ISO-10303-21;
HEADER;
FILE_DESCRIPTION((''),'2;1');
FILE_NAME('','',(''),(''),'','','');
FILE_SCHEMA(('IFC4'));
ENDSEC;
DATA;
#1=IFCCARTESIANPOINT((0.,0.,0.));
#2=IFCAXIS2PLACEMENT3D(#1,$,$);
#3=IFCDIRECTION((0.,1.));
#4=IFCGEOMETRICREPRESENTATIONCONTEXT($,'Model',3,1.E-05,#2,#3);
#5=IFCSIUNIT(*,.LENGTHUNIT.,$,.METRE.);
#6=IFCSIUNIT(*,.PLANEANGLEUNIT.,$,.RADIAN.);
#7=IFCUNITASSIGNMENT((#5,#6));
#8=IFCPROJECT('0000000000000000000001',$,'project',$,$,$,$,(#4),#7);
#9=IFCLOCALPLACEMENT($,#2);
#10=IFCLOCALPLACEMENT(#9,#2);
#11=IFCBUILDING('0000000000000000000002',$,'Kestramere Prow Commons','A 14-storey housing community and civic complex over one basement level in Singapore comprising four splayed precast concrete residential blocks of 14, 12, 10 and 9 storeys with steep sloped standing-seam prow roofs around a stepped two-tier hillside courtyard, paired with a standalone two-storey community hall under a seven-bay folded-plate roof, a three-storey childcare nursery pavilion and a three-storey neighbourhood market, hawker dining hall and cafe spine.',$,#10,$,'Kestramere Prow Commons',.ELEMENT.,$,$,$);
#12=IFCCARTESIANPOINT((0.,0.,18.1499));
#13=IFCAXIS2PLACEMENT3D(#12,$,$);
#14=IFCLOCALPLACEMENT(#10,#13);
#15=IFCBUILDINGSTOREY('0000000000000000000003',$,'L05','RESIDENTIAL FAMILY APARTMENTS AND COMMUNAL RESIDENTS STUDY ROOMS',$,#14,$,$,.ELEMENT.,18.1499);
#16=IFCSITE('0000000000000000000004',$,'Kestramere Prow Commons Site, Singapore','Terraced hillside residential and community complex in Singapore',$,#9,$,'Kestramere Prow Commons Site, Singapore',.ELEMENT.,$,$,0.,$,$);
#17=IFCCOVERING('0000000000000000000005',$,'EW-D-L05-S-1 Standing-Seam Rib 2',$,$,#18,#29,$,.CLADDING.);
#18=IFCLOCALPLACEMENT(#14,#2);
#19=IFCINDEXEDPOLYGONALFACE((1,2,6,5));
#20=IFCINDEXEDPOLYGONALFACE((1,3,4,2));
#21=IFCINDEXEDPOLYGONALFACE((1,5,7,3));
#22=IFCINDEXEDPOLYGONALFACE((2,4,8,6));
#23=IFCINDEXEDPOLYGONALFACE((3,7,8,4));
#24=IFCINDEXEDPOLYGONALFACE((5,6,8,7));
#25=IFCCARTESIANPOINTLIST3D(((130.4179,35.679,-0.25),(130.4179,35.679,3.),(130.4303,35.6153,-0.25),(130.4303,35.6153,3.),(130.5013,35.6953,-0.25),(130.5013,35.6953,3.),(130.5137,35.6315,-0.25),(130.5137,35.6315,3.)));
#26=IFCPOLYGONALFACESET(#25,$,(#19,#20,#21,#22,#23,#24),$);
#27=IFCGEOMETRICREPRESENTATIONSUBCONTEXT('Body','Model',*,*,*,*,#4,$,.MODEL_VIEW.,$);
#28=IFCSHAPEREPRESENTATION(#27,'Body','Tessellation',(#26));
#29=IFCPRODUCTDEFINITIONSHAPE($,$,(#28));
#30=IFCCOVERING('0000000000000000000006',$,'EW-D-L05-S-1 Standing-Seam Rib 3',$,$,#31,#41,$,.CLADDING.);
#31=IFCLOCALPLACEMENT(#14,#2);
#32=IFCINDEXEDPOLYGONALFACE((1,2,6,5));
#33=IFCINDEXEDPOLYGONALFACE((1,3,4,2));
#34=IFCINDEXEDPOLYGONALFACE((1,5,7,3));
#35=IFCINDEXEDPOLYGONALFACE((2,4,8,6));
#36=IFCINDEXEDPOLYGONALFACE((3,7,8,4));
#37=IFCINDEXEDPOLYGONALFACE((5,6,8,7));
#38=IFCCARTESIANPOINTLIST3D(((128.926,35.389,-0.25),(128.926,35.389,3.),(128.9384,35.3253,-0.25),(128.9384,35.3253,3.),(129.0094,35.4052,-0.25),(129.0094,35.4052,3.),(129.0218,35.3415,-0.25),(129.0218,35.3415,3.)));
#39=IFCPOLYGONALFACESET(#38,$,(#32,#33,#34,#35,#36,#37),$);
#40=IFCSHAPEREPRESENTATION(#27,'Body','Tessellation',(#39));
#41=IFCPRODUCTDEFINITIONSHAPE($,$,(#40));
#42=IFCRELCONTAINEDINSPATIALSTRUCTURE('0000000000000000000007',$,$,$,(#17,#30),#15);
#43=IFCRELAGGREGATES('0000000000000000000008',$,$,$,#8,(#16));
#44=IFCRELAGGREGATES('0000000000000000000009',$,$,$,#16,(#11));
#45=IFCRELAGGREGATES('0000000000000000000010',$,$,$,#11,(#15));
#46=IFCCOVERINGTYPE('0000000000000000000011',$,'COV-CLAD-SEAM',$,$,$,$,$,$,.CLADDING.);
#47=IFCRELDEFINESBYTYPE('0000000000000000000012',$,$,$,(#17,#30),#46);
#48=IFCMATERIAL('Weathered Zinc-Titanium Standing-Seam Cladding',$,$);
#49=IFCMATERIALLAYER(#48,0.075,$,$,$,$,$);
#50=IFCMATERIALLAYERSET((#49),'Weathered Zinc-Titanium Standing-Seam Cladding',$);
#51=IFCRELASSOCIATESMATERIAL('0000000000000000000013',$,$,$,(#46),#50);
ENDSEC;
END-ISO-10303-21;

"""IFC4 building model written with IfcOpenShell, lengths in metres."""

from ifc_helpers import new_model, si_unit, direction, frame, origin, origin_2d, place, context, subcontext, project, spatial, rectangle, extrude, material, layer, layer_set, type_object, element, save


model = new_model("IFC4")

# Units and contexts
model_context = context("Model", 3, precision=1e-05, world=origin(), true_north=direction((0.0, 1.0)))
body_context = subcontext(model_context, "Body", "Model", "MODEL_VIEW")
ifc_project = project(units=[si_unit("LENGTHUNIT", "METRE"), si_unit("PLANEANGLEUNIT", "RADIAN")], contexts=[model_context])

# Site, building, storey
site_placement = place(None, origin())
site = spatial("IfcSite", under=ifc_project, at=site_placement, Name="Kestramere Prow Commons Site, Singapore", Description="Terraced hillside residential and community complex in Singapore", LongName="Kestramere Prow Commons Site, Singapore", CompositionType="ELEMENT", RefElevation=0.0)
building_placement = place(site_placement, origin())
building = spatial("IfcBuilding", under=site, at=building_placement, Name="Kestramere Prow Commons", Description="A 14-storey housing community and civic complex over one basement level in Singapore comprising four splayed precast concrete residential blocks of 14, 12, 10 and 9 storeys with steep sloped standing-seam prow roofs around a stepped two-tier hillside courtyard, paired with a standalone two-storey community hall under a seven-bay folded-plate roof, a three-storey childcare nursery pavilion and a three-storey neighbourhood market, hawker dining hall and cafe spine.", LongName="Kestramere Prow Commons", CompositionType="ELEMENT")
storey_placement = place(building_placement, frame((0.0, 0.0, 18.1499)))
storey = spatial("IfcBuildingStorey", under=building, at=storey_placement, Name="L05", Description="RESIDENTIAL FAMILY APARTMENTS AND COMMUNAL RESIDENTS STUDY ROOMS", CompositionType="ELEMENT", Elevation=18.1499)

# Coverings
ifc_material_1 = material(Name="Weathered Zinc-Titanium Standing-Seam Cladding")
ifc_layer_1 = layer(ifc_material_1, 0.075)
ifc_layer_set_1 = layer_set([ifc_layer_1], Name="Weathered Zinc-Titanium Standing-Seam Cladding")
covering_type = type_object("IfcCoveringType", Name="COV-CLAD-SEAM", PredefinedType="CLADDING", material=ifc_layer_set_1)
for number, where, z_axis, x_axis, name in (
    (1, (130.4658, 35.6553, -0.25), (0.0, 0.0, 1.0), (-0.981627, -0.190809, 0.0), "EW-D-L05-S-1 Standing-Seam Rib 2"),
    (2, (128.9739, 35.3652, -0.25), (0.0, 0.0, 1.0), (-0.981627, -0.190809, 0.0), "EW-D-L05-S-1 Standing-Seam Rib 3"),
):
    element("IfcCovering", number, at=place(storey_placement, frame(where, z_axis=z_axis, x_axis=x_axis)), inside=storey, type_object=covering_type, Name=name, PredefinedType="CLADDING", context=body_context, shape_type="SweptSolid", body=[
        extrude(rectangle(XDim=0.085, YDim=0.0649, at=origin_2d()), origin(), (0.0, 0.0, 1.0), 3.25),
    ])

save(model, "model.ifc")
